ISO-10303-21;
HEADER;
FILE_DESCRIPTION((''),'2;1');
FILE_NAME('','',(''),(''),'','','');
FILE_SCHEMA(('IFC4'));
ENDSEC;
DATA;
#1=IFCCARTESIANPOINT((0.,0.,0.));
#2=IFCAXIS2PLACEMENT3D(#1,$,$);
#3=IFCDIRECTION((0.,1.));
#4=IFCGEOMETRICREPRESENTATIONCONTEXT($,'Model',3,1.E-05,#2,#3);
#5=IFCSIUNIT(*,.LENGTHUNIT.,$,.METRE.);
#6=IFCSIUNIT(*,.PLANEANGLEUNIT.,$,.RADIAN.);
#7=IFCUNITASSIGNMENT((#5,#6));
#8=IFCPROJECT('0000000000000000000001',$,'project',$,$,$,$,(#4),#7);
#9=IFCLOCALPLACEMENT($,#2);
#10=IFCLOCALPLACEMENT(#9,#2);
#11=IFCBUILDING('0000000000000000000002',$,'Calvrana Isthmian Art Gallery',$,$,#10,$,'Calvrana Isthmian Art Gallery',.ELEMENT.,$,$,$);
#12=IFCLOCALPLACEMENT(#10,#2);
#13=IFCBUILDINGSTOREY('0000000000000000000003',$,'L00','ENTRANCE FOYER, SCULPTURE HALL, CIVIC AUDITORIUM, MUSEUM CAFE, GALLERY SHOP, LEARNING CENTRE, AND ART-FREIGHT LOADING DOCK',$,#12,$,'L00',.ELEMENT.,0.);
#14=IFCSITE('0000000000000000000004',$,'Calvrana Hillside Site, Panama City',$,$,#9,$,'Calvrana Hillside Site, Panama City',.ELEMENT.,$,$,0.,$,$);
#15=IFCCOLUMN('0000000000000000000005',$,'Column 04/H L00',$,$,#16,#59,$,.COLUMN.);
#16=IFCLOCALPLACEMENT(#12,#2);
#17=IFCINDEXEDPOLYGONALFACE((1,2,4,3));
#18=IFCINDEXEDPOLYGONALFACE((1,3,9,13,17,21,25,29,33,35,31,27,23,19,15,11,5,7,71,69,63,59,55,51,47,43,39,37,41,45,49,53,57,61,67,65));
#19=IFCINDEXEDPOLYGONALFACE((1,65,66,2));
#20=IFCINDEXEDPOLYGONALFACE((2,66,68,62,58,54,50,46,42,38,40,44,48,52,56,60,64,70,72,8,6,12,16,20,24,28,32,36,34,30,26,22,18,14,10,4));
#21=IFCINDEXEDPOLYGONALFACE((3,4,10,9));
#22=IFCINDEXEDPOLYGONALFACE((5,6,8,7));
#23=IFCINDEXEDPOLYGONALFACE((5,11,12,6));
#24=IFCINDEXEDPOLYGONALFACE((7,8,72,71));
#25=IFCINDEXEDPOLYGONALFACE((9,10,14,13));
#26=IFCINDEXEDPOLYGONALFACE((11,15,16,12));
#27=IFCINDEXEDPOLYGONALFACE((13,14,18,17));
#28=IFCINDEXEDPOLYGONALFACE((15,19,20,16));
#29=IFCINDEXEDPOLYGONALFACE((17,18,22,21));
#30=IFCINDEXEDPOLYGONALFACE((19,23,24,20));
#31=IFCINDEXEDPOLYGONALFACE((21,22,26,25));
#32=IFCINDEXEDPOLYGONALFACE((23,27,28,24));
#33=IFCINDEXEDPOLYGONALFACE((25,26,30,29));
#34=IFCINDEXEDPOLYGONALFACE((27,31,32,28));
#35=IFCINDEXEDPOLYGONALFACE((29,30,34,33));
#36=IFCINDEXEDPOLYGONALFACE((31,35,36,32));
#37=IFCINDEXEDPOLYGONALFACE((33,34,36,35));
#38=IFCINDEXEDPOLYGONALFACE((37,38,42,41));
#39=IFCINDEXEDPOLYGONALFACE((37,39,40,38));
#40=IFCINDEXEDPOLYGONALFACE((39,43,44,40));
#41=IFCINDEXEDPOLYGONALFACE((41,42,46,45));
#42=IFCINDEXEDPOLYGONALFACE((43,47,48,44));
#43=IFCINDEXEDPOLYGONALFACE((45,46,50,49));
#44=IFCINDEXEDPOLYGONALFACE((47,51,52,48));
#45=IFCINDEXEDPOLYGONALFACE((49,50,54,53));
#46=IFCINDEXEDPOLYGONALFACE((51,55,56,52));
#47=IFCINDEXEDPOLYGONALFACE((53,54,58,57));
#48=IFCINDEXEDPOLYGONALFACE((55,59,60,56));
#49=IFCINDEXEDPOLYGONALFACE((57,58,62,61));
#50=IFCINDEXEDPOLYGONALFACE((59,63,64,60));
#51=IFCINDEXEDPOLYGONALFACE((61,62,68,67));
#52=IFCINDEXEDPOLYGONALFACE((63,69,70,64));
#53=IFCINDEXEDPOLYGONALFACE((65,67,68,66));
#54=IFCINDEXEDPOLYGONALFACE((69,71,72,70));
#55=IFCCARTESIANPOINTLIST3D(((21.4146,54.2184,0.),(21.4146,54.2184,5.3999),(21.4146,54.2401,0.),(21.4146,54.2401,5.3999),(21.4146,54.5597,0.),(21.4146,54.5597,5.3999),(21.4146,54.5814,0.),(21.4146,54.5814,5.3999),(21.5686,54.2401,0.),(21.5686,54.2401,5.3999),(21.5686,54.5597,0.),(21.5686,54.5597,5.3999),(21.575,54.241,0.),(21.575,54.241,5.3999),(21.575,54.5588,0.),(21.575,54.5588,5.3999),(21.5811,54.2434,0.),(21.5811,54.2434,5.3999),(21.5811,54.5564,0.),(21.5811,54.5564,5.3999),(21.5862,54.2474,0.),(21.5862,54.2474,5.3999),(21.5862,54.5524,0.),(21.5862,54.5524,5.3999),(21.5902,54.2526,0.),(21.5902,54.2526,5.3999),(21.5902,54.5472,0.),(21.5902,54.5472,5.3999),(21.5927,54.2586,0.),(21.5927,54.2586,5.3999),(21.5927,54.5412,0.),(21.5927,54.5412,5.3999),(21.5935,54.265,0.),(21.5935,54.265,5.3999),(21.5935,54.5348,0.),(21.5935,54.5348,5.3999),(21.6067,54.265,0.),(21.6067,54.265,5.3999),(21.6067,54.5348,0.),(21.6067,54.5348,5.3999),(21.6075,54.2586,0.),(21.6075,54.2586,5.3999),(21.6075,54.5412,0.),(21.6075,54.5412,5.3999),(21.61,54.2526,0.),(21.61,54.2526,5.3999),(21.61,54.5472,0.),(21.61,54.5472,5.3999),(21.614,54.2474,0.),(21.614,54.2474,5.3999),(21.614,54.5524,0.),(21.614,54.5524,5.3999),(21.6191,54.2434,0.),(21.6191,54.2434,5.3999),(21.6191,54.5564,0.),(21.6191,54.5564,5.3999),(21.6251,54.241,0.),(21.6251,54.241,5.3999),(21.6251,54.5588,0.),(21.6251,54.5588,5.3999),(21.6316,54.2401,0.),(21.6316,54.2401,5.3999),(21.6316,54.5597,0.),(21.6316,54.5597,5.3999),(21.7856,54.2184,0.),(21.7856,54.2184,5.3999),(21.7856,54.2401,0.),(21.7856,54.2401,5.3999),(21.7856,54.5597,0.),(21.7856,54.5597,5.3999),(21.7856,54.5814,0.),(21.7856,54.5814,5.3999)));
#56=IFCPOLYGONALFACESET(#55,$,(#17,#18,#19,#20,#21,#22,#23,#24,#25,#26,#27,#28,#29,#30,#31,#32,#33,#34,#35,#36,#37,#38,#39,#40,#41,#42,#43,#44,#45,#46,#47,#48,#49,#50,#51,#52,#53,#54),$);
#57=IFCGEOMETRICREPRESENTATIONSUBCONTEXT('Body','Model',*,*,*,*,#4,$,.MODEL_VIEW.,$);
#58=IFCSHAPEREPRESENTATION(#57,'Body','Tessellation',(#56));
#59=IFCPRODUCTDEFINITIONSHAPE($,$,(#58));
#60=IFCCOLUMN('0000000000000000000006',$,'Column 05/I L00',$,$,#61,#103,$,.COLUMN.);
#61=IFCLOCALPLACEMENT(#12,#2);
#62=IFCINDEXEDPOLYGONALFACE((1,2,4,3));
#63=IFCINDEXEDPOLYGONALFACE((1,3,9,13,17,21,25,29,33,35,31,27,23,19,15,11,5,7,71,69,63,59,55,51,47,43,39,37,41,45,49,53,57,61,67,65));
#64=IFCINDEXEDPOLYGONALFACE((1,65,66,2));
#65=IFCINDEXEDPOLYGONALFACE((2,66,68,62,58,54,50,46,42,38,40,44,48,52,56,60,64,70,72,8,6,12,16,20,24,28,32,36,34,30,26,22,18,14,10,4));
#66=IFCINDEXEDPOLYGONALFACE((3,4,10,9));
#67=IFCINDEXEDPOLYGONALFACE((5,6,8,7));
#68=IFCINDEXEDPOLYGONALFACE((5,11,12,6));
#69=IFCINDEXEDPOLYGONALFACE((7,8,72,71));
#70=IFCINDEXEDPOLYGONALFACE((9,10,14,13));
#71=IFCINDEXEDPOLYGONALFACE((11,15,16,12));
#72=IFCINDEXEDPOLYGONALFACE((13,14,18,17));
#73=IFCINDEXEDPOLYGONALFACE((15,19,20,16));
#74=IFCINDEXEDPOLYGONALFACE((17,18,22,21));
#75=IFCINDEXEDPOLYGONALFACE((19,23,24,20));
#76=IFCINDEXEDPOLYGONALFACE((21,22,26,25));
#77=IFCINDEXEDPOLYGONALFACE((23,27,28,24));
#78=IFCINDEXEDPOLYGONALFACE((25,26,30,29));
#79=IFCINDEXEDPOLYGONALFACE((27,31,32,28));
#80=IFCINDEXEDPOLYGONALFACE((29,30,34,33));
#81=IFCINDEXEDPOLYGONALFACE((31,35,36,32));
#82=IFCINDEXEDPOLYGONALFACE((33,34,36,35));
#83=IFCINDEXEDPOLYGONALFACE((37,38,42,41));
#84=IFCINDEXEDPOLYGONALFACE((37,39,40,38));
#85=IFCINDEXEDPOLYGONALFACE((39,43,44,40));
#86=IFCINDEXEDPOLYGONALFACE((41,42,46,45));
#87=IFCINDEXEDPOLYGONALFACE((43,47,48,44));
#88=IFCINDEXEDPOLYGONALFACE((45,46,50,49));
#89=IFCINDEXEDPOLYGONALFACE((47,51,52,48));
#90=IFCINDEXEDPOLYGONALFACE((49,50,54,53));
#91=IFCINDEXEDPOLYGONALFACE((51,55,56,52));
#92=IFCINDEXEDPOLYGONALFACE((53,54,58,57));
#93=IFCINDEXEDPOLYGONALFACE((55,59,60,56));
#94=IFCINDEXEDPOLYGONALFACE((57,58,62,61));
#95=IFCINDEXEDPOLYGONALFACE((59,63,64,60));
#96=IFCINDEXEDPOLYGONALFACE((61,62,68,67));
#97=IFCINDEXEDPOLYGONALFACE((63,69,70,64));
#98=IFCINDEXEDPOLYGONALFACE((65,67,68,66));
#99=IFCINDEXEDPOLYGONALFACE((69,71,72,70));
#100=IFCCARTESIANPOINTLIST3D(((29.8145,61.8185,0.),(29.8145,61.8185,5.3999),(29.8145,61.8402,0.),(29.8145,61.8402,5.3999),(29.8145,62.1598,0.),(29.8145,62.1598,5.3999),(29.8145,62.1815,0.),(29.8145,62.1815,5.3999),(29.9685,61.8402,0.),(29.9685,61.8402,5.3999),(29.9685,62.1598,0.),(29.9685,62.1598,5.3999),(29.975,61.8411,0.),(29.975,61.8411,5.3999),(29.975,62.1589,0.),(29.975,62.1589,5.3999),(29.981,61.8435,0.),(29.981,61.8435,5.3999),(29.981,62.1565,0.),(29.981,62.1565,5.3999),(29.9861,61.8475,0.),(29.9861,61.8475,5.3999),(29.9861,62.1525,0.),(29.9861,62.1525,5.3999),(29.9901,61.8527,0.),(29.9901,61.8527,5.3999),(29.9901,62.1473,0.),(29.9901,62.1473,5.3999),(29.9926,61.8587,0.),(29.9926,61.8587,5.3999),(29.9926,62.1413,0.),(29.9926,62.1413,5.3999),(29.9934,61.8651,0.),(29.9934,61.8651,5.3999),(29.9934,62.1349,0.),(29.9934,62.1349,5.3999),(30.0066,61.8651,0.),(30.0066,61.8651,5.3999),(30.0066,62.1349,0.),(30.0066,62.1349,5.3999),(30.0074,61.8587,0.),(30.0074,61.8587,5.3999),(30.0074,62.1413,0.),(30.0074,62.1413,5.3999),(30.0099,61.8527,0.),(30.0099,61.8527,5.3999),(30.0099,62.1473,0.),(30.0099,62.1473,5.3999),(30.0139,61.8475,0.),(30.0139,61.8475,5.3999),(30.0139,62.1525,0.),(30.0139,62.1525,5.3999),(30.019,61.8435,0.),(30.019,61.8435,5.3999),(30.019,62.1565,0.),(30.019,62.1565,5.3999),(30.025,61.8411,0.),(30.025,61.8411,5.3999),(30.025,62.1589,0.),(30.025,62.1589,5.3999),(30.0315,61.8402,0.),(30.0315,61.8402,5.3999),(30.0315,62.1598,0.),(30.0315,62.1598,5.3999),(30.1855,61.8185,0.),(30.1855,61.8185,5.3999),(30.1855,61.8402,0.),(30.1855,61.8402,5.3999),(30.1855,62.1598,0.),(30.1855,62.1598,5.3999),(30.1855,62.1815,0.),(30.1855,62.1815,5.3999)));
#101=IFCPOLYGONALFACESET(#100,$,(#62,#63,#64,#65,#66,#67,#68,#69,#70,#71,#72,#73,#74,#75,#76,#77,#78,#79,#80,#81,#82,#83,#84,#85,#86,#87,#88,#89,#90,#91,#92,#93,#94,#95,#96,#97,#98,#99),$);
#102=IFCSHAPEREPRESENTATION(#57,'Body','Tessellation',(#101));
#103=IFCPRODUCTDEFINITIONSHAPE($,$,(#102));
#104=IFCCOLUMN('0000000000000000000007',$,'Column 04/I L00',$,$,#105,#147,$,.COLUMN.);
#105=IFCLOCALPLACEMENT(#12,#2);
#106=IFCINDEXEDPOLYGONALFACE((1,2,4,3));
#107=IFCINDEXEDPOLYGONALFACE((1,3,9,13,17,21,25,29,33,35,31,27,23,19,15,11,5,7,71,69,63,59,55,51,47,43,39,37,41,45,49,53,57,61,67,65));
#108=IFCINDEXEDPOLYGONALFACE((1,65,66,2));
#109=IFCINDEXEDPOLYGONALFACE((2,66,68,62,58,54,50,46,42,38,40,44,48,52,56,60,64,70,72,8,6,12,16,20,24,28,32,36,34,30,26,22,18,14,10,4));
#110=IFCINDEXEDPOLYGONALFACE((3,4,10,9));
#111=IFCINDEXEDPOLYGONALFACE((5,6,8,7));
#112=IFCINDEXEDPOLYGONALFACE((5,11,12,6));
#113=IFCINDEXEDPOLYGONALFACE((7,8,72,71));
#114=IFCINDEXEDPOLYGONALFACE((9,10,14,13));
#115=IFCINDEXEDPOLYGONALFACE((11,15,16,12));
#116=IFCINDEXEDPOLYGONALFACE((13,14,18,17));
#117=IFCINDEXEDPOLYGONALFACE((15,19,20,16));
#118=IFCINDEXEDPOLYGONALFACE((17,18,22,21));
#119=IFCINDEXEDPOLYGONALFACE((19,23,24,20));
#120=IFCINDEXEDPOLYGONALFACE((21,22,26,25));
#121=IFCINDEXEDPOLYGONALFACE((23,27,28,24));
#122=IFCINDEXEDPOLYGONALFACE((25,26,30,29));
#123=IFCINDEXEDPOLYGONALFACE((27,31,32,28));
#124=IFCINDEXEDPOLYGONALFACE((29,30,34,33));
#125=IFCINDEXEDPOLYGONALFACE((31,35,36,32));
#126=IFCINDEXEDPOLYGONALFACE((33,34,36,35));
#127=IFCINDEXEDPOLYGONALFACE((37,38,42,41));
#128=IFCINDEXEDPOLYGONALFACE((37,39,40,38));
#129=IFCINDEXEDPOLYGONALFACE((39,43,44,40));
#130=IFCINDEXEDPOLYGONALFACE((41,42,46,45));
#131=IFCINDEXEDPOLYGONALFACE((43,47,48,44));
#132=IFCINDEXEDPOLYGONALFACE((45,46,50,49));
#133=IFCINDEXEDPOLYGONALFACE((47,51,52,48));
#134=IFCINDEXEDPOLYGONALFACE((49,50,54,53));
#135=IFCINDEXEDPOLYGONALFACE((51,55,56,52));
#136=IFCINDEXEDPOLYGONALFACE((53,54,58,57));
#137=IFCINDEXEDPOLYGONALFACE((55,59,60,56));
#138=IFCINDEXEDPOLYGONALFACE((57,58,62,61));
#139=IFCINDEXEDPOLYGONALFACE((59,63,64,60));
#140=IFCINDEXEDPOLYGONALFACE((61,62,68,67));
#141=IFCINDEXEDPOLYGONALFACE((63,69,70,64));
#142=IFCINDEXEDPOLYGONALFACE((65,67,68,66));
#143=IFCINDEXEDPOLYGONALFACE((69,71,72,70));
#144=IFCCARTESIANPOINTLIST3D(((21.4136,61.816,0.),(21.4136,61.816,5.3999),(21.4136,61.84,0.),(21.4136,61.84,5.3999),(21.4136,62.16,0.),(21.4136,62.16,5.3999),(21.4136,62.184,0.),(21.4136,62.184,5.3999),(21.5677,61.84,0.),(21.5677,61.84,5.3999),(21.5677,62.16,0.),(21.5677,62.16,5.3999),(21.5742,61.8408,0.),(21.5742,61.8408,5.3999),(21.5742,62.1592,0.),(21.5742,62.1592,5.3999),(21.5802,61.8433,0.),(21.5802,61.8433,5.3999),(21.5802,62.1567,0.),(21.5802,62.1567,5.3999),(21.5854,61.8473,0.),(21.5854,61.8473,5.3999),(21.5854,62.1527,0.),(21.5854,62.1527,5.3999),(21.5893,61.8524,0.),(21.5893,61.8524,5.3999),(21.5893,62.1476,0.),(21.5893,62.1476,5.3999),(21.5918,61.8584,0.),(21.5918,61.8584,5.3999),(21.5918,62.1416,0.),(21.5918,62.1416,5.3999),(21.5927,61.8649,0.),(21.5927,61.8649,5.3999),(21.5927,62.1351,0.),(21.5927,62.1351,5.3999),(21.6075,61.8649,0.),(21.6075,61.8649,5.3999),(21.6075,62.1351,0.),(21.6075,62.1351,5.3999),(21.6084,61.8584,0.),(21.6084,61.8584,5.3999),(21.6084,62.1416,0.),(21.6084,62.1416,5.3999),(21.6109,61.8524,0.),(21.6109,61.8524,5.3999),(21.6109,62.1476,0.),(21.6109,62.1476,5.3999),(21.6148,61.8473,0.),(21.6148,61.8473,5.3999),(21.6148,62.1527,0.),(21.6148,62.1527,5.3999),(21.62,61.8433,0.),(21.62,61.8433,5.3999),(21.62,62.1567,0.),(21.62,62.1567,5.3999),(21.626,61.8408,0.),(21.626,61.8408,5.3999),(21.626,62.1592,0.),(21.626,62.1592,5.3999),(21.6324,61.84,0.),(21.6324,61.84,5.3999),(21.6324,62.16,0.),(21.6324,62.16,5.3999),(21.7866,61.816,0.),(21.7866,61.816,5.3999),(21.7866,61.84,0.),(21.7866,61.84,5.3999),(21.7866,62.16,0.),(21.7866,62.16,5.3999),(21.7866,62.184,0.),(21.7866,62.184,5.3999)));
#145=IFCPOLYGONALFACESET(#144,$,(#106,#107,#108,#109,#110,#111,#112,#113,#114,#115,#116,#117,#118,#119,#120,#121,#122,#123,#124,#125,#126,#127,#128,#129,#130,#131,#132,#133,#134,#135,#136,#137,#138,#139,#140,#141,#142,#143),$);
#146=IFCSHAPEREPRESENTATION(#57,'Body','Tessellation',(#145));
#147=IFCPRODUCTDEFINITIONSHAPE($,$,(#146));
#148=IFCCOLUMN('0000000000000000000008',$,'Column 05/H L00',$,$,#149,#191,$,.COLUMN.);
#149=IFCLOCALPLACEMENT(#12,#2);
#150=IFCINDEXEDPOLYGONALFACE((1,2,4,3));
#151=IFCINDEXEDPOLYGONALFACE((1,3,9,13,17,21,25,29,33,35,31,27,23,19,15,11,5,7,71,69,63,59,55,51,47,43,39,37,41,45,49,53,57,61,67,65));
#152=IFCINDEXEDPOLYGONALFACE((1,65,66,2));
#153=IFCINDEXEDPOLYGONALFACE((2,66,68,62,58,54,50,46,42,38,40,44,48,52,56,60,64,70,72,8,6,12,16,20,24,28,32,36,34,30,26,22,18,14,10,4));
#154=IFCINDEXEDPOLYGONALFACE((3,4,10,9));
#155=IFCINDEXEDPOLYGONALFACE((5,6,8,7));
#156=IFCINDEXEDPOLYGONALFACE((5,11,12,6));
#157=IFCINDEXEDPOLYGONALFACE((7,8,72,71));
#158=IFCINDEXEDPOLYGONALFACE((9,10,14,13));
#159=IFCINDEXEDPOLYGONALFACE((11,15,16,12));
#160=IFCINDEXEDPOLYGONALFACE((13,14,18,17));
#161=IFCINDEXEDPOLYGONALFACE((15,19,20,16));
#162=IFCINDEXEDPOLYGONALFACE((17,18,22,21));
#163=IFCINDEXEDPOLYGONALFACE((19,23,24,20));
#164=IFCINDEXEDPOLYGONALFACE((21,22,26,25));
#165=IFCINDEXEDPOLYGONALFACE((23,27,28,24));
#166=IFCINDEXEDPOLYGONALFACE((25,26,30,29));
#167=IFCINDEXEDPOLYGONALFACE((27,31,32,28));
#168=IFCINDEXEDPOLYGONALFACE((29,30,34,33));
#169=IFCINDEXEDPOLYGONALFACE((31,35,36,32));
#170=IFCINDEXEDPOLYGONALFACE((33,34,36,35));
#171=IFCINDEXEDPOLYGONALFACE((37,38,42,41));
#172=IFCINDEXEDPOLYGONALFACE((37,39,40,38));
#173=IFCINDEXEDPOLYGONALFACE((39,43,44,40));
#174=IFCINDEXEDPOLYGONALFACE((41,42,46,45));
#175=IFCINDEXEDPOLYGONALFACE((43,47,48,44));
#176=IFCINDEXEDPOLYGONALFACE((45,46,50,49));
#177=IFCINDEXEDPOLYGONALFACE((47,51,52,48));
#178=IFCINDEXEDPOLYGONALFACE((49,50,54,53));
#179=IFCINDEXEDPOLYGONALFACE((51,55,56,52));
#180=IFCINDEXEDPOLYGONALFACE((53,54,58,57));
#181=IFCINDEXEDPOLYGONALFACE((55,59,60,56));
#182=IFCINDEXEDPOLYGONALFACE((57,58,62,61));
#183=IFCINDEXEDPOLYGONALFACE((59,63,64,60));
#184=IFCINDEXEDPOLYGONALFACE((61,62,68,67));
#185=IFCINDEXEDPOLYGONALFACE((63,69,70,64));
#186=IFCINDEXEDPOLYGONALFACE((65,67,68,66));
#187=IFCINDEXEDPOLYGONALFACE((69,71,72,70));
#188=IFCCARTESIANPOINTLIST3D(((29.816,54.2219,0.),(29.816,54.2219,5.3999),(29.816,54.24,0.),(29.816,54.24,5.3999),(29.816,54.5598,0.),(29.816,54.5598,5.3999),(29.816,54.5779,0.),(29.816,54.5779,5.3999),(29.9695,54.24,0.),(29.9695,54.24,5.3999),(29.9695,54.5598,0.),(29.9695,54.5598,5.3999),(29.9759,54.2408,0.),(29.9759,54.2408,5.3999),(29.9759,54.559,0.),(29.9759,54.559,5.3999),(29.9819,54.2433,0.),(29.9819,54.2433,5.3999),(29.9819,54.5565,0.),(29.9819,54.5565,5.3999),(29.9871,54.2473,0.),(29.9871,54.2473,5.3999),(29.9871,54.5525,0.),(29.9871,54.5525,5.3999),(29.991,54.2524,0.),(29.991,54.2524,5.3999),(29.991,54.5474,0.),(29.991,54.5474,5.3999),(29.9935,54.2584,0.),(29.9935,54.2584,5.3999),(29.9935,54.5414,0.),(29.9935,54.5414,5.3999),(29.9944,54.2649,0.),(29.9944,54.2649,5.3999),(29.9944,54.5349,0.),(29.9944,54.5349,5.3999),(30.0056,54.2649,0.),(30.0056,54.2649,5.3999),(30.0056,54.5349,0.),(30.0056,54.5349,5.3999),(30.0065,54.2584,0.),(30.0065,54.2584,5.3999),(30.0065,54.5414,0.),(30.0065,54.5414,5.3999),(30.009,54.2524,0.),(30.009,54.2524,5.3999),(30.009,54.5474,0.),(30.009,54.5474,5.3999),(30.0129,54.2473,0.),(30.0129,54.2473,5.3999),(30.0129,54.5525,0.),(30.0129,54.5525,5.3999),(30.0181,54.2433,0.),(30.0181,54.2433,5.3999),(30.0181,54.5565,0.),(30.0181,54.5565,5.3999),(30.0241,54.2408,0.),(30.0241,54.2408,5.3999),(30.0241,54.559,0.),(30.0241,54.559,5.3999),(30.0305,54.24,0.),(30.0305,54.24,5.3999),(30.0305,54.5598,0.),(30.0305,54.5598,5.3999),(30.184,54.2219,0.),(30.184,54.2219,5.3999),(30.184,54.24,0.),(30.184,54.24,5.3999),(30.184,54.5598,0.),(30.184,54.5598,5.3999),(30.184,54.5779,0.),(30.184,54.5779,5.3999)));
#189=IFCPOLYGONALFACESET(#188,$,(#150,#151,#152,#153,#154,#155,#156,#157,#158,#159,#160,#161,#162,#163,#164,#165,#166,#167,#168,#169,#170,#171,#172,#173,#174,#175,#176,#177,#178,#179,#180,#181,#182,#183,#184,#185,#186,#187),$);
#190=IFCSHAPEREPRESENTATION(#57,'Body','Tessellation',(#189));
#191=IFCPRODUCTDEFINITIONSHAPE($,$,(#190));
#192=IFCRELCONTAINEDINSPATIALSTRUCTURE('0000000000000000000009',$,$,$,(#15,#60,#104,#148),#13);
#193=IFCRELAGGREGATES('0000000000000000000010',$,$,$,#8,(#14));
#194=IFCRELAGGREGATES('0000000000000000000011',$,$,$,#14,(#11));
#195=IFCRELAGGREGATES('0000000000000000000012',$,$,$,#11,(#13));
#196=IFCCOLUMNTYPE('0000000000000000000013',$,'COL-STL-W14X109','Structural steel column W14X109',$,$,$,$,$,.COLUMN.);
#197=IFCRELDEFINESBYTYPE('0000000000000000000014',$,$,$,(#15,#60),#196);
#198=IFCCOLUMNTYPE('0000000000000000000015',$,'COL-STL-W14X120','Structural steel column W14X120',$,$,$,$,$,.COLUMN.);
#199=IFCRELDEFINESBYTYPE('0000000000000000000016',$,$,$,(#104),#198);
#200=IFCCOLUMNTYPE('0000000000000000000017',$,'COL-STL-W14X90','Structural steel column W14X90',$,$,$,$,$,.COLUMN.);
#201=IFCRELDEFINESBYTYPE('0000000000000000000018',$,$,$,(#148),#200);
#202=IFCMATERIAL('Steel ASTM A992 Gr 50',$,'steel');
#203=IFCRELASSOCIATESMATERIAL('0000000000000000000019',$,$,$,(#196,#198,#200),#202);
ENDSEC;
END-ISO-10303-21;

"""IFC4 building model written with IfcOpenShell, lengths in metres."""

from ifc_helpers import new_model, si_unit, direction, frame, origin, origin_2d, place, context, subcontext, project, spatial, i_section, extrude, material, material_profile, profile_set, type_object, element, save


model = new_model("IFC4")

# Units and contexts
model_context = context("Model", 3, precision=1e-05, world=origin(), true_north=direction((0.0, 1.0)))
body_context = subcontext(model_context, "Body", "Model", "MODEL_VIEW")
ifc_project = project(units=[si_unit("LENGTHUNIT", "METRE"), si_unit("PLANEANGLEUNIT", "RADIAN")], contexts=[model_context])

# Site, building, storey
site_placement = place(None, origin())
site = spatial("IfcSite", under=ifc_project, at=site_placement, Name="Calvrana Hillside Site, Panama City", LongName="Calvrana Hillside Site, Panama City", CompositionType="ELEMENT", RefElevation=0.0)
building_placement = place(site_placement, origin())
building = spatial("IfcBuilding", under=site, at=building_placement, Name="Calvrana Isthmian Art Gallery", LongName="Calvrana Isthmian Art Gallery", CompositionType="ELEMENT")
storey_placement = place(building_placement, origin())
storey = spatial("IfcBuildingStorey", under=building, at=storey_placement, Name="L00", Description="ENTRANCE FOYER, SCULPTURE HALL, CIVIC AUDITORIUM, MUSEUM CAFE, GALLERY SHOP, LEARNING CENTRE, AND ART-FREIGHT LOADING DOCK", LongName="L00", CompositionType="ELEMENT", Elevation=0.0)

# Columns
ifc_material_1 = material(Name="Steel ASTM A992 Gr 50", Category="steel")
ifc_material_profile_1 = material_profile(ifc_material_1, i_section(OverallWidth=0.3711, OverallDepth=0.363, WebThickness=0.0132, FlangeThickness=0.0217, FilletRadius=0.0249, at=origin_2d()), Name="W14X109")
ifc_profile_set_1 = profile_set([ifc_material_profile_1], Name="Steel ASTM A992 Gr 50")
column_type_1 = type_object("IfcColumnType", Name="COL-STL-W14X109", Description="Structural steel column W14X109", PredefinedType="COLUMN", material=ifc_profile_set_1)
for number, where, z_axis, x_axis, name in (
    (1, (21.6001, 54.3999, 0.0), (0.0, 0.0, 1.0), (1.0, 0.0, 0.0), "Column 04/H L00"),
    (2, (30.0, 62.0, 0.0), (0.0, 0.0, 1.0), (1.0, 0.0, 0.0), "Column 05/I L00"),
):
    element("IfcColumn", number, at=place(storey_placement, frame(where, z_axis=z_axis, x_axis=x_axis)), inside=storey, type_object=column_type_1, Name=name, PredefinedType="COLUMN", context=body_context, shape_type="SweptSolid", body=[
        extrude(i_section(OverallWidth=0.3711, OverallDepth=0.363, WebThickness=0.0132, FlangeThickness=0.0217, FilletRadius=0.0249, at=origin_2d()), origin(), (0.0, 0.0, 1.0), 5.3999),
    ])
ifc_material_profile_2 = material_profile(ifc_material_1, i_section(OverallWidth=0.373, OverallDepth=0.3679, WebThickness=0.0149, FlangeThickness=0.0239, FilletRadius=0.0249, at=origin_2d()), Name="W14X120")
ifc_profile_set_2 = profile_set([ifc_material_profile_2], Name="Steel ASTM A992 Gr 50")
column_type_2 = type_object("IfcColumnType", Name="COL-STL-W14X120", Description="Structural steel column W14X120", PredefinedType="COLUMN", material=ifc_profile_set_2)
column_1_placement = place(storey_placement, frame((21.6001, 62.0, 0.0), z_axis=(0.0, 0.0, 1.0), x_axis=(1.0, 0.0, 0.0)))
element("IfcColumn", 3, at=column_1_placement, inside=storey, type_object=column_type_2, Name="Column 04/I L00", PredefinedType="COLUMN", context=body_context, shape_type="SweptSolid", body=[
    extrude(i_section(OverallWidth=0.373, OverallDepth=0.3679, WebThickness=0.0149, FlangeThickness=0.0239, FilletRadius=0.0249, at=origin_2d()), origin(), (0.0, 0.0, 1.0), 5.3999),
])
ifc_material_profile_3 = material_profile(ifc_material_1, i_section(OverallWidth=0.3679, OverallDepth=0.356, WebThickness=0.0112, FlangeThickness=0.0181, FilletRadius=0.0249, at=origin_2d()), Name="W14X90")
ifc_profile_set_3 = profile_set([ifc_material_profile_3], Name="Steel ASTM A992 Gr 50")
column_type_3 = type_object("IfcColumnType", Name="COL-STL-W14X90", Description="Structural steel column W14X90", PredefinedType="COLUMN", material=ifc_profile_set_3)
column_2_placement = place(storey_placement, frame((30.0, 54.3999, 0.0), z_axis=(0.0, 0.0, 1.0), x_axis=(1.0, 0.0, 0.0)))
element("IfcColumn", 4, at=column_2_placement, inside=storey, type_object=column_type_3, Name="Column 05/H L00", PredefinedType="COLUMN", context=body_context, shape_type="SweptSolid", body=[
    extrude(i_section(OverallWidth=0.3679, OverallDepth=0.356, WebThickness=0.0112, FlangeThickness=0.0181, FilletRadius=0.0249, at=origin_2d()), origin(), (0.0, 0.0, 1.0), 5.3999),
])

save(model, "model.ifc")
